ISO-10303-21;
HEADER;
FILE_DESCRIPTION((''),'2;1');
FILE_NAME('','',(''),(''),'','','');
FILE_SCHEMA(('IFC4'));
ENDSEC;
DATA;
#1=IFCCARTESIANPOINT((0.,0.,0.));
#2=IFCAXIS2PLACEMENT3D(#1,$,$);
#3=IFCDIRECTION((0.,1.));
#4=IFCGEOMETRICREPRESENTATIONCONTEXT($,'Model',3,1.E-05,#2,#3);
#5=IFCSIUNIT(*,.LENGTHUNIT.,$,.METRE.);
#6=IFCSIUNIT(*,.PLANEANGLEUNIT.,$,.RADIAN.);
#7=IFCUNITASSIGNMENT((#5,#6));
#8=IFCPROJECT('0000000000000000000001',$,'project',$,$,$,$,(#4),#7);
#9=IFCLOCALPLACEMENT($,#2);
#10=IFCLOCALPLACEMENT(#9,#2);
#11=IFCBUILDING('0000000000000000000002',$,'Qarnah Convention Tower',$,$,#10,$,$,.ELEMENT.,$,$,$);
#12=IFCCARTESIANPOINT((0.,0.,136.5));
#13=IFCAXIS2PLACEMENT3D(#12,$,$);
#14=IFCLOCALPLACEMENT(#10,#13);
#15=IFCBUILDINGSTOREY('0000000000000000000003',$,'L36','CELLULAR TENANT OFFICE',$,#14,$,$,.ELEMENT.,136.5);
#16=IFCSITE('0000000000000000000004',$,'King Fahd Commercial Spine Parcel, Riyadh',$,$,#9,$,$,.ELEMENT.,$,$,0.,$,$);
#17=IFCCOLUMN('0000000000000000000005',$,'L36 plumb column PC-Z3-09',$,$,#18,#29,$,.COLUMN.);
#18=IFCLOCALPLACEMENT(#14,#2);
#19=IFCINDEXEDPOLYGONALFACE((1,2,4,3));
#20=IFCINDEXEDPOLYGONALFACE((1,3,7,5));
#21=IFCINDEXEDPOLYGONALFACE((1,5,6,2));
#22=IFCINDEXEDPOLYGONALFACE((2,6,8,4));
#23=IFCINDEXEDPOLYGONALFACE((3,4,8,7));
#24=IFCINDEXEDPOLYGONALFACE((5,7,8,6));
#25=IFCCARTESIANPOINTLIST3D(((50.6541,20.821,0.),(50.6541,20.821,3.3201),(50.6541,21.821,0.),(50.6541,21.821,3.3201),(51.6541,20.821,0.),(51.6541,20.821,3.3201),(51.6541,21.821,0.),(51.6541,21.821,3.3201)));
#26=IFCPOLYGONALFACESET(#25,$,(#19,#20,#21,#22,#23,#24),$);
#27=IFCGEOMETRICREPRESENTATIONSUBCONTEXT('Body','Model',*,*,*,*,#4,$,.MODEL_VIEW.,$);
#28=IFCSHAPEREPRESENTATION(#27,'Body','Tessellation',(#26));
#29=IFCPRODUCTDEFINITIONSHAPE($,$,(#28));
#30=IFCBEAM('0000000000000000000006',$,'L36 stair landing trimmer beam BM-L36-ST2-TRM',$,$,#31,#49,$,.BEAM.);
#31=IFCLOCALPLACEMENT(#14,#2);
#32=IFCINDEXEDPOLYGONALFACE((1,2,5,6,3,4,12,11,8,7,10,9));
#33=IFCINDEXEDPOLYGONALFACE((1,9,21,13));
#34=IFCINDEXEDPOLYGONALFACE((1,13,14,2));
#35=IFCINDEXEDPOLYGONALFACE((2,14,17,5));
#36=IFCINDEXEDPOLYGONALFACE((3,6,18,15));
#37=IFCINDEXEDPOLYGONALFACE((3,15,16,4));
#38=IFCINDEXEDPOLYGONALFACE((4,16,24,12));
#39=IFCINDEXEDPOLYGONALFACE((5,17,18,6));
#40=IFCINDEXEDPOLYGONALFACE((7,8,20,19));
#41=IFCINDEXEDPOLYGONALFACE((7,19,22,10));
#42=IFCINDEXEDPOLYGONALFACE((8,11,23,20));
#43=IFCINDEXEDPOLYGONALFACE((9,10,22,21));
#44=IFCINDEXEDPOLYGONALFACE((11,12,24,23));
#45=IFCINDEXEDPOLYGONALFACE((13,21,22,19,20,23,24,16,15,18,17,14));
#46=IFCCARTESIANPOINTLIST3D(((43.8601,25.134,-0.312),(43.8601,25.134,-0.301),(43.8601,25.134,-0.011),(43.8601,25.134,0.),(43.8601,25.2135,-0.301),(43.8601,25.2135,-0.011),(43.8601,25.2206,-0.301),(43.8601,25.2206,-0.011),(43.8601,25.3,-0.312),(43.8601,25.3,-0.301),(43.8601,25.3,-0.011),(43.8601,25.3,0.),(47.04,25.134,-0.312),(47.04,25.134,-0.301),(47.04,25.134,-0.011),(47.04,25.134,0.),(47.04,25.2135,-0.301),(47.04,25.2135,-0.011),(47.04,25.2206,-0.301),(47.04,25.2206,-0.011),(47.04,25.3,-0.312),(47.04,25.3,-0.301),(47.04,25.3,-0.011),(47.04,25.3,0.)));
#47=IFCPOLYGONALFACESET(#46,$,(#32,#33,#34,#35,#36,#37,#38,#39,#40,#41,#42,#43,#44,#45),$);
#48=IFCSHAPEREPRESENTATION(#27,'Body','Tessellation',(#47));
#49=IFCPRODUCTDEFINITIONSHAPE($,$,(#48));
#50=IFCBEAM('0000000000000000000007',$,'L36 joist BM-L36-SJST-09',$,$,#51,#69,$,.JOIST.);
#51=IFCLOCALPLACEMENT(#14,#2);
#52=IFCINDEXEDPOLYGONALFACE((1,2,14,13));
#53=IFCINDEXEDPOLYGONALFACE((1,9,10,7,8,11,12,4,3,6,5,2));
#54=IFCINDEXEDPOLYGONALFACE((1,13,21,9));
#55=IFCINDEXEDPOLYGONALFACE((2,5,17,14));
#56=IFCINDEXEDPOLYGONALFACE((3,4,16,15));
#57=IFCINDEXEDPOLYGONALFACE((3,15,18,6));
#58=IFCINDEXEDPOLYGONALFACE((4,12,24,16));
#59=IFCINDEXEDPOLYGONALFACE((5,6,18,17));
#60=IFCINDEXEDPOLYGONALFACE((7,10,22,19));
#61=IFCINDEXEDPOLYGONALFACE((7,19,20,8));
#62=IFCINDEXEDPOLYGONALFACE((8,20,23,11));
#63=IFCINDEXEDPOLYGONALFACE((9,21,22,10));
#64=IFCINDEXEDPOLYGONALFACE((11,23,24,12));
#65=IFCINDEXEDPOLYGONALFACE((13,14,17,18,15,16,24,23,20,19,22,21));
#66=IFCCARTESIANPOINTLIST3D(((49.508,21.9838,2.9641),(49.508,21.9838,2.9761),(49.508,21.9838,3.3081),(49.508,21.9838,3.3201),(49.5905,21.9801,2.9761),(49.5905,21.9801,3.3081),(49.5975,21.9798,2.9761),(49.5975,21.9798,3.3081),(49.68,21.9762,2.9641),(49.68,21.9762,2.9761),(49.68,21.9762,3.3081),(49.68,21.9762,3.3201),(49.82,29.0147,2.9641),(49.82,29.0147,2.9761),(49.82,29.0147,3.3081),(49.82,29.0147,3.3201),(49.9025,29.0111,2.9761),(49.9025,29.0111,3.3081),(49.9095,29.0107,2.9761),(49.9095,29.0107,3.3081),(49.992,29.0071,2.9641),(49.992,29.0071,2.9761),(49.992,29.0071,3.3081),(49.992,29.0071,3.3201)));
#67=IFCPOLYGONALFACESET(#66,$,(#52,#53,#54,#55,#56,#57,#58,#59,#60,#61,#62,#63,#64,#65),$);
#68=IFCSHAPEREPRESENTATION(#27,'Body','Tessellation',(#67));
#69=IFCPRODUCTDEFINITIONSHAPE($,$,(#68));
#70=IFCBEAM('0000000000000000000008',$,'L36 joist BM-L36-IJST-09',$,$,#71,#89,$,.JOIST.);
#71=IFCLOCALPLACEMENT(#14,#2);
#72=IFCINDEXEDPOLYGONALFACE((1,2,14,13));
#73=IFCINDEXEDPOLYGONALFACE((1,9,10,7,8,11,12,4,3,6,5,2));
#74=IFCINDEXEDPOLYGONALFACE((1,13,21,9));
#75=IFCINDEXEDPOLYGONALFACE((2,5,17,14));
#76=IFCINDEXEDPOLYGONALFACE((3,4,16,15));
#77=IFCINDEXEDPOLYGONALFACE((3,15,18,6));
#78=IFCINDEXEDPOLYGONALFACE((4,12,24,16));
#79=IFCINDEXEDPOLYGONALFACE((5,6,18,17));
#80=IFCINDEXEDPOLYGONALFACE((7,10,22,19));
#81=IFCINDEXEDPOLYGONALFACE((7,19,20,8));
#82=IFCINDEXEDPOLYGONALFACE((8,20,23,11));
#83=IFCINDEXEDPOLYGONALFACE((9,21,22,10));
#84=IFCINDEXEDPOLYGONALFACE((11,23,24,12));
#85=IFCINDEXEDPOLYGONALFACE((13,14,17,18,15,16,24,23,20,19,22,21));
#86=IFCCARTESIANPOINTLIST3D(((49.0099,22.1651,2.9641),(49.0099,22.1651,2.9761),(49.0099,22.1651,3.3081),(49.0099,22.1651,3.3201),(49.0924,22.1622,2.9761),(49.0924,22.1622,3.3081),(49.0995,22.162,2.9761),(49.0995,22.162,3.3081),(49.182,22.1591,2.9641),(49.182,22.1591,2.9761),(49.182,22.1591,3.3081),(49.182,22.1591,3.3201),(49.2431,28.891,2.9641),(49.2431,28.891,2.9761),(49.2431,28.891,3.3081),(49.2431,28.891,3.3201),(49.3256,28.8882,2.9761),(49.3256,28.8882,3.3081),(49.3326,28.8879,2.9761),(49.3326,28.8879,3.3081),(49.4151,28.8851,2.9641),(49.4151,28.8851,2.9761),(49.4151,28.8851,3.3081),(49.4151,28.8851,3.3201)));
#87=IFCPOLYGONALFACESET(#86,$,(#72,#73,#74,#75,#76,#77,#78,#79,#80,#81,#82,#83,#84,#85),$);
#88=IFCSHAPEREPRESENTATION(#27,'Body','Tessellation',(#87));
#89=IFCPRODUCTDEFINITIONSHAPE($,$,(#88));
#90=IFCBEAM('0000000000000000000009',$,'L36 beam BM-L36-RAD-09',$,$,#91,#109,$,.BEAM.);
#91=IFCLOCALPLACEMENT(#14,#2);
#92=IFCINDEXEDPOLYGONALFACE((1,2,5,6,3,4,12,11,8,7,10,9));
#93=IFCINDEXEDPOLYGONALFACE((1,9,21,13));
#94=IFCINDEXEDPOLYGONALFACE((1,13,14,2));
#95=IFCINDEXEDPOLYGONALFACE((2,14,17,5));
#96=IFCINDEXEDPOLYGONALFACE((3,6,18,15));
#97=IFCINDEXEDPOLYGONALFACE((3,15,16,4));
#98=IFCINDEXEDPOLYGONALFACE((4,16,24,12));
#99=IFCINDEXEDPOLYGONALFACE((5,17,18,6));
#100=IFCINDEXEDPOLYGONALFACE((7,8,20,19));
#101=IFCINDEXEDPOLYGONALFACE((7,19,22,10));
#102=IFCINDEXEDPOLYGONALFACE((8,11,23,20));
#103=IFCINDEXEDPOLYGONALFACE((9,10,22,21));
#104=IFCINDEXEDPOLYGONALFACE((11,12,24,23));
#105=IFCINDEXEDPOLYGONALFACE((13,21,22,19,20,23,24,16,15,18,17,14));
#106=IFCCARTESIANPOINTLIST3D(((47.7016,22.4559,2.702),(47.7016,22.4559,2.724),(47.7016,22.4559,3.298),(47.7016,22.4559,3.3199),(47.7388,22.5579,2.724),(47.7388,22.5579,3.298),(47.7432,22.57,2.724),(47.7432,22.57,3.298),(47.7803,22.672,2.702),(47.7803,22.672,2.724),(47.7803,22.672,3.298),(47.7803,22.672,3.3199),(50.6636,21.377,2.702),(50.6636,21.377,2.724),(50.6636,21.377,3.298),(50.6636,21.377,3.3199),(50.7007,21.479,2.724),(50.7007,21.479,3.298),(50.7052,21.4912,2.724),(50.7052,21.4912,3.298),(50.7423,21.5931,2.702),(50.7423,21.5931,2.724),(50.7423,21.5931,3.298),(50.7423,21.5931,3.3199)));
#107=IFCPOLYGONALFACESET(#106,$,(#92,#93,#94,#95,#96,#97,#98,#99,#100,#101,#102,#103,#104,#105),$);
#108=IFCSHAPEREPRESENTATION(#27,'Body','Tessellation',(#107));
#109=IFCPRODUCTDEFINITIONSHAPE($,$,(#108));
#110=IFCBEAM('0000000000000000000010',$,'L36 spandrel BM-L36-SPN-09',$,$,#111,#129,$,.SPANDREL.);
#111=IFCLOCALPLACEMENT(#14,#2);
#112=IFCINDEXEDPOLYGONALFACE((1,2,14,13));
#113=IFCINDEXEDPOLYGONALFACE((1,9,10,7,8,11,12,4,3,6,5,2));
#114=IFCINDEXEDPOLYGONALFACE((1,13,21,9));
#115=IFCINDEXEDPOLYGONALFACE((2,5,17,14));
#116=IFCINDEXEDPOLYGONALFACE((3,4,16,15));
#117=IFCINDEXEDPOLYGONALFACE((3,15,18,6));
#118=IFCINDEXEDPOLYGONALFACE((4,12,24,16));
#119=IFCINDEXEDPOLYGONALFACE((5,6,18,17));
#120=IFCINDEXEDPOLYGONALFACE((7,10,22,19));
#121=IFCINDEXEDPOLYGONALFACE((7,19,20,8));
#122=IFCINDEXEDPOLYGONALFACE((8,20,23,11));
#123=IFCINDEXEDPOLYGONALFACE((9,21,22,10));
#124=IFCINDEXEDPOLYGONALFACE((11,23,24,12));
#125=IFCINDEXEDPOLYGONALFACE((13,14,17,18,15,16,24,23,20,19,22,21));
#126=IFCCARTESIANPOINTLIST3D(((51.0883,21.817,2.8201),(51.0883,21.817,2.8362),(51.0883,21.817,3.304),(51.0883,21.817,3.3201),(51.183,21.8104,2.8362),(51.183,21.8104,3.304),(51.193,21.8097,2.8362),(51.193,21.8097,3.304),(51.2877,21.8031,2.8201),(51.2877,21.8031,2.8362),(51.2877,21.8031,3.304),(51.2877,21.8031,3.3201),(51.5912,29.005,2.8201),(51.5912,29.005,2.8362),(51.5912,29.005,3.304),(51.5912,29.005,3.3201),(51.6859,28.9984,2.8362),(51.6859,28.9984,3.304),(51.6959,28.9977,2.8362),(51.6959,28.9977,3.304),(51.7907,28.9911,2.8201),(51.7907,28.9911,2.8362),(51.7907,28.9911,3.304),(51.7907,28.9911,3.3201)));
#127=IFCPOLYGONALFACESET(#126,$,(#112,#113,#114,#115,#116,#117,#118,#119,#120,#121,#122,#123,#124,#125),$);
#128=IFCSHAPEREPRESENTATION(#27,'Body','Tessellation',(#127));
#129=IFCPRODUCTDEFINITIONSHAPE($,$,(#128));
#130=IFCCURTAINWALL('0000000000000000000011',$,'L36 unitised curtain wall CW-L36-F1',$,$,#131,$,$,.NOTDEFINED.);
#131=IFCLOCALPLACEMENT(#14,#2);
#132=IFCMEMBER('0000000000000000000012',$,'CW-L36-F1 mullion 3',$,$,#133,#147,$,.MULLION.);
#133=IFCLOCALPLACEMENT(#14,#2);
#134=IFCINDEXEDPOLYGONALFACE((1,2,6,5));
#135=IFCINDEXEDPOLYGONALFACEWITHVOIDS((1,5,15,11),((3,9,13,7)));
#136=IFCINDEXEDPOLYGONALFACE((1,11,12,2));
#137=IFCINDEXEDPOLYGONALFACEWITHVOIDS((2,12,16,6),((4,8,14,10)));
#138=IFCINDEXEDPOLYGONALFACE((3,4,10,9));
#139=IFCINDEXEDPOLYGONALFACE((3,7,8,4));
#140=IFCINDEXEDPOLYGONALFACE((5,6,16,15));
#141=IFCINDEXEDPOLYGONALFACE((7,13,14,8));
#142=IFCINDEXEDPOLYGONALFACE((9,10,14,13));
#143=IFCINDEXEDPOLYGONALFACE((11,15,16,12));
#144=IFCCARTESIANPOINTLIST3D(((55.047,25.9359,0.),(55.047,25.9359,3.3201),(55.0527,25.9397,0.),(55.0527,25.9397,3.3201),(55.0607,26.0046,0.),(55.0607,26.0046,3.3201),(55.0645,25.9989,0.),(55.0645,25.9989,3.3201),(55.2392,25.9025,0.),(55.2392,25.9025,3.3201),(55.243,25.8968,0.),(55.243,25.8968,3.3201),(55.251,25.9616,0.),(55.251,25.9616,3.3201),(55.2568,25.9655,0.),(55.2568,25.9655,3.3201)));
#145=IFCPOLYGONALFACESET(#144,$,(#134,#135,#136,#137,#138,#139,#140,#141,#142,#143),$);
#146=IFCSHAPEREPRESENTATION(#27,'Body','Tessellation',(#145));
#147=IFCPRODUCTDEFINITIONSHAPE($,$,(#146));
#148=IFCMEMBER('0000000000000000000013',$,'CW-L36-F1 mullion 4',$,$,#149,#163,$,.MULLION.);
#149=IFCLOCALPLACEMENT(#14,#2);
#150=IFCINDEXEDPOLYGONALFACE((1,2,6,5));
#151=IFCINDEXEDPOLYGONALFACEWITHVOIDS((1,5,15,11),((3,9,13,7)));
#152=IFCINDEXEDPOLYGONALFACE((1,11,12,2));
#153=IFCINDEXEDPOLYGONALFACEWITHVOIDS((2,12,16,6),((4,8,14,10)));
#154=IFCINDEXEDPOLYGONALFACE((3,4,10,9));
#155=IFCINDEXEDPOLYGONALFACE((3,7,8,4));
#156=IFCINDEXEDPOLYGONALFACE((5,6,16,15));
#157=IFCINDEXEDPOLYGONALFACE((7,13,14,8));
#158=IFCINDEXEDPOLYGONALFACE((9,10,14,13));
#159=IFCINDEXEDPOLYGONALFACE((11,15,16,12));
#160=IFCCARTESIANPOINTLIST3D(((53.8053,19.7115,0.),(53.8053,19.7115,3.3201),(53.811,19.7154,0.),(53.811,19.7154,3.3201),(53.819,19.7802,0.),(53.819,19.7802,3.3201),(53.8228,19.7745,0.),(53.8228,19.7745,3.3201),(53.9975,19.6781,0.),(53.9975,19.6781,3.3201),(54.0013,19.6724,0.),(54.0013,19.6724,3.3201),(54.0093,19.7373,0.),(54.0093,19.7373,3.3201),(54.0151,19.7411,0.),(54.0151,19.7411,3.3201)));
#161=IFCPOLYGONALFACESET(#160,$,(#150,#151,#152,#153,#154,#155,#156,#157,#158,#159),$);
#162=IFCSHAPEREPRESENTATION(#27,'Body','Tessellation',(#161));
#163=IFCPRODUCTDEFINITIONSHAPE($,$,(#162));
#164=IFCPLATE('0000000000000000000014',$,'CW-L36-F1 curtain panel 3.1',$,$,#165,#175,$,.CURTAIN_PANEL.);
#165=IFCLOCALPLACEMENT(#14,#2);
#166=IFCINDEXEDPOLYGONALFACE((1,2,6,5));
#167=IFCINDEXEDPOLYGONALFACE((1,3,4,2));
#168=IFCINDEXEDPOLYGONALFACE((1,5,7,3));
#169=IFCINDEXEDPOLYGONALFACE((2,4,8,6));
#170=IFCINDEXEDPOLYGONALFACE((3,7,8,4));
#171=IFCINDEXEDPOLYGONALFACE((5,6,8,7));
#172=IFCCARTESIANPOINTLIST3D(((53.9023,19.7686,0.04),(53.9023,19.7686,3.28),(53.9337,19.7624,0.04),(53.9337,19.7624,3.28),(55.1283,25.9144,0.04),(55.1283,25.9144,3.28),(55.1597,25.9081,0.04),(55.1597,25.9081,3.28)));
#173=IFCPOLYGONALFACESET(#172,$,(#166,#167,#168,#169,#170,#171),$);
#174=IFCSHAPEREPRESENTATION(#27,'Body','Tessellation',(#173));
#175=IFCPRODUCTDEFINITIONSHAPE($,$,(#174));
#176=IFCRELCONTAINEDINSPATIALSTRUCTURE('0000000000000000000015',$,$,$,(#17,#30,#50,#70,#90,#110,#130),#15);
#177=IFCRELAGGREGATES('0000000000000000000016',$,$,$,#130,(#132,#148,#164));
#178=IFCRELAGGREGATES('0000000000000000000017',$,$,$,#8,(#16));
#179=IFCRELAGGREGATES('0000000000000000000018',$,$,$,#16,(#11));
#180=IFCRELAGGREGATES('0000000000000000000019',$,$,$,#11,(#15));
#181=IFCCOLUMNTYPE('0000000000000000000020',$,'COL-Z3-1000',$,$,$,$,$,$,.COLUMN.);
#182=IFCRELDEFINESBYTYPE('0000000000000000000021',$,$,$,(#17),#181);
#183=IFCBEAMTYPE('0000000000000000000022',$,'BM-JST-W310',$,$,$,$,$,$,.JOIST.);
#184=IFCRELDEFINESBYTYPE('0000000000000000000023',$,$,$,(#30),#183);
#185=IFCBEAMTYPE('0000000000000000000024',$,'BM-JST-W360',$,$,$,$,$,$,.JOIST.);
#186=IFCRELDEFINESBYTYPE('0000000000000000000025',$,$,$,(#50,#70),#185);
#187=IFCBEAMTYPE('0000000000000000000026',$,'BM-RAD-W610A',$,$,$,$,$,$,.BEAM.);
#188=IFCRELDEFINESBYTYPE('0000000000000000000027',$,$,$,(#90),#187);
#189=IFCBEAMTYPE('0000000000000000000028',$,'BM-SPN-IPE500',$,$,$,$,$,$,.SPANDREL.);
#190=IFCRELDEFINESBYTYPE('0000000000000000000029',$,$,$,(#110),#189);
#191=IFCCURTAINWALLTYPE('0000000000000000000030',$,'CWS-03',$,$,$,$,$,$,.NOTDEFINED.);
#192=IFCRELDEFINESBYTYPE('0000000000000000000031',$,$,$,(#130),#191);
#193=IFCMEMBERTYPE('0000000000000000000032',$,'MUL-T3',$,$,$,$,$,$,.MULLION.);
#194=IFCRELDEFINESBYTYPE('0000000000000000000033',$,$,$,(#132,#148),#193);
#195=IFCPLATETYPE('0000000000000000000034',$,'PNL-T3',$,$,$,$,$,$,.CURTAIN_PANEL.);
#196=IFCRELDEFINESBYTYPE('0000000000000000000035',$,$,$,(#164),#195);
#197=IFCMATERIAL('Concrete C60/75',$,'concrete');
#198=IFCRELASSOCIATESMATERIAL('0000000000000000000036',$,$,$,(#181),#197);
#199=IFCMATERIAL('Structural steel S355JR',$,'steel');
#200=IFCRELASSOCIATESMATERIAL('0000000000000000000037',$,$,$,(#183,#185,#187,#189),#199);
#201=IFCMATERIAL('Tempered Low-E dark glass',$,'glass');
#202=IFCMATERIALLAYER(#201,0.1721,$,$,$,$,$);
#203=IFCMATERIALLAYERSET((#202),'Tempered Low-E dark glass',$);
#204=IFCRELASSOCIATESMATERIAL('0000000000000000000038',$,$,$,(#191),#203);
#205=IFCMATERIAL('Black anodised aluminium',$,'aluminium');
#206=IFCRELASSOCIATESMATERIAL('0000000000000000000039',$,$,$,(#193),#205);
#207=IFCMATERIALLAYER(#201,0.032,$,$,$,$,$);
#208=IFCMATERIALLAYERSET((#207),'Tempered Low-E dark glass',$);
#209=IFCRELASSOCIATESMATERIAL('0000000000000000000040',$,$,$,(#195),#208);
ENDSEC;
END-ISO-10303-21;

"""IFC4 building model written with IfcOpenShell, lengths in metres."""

from ifc_helpers import new_model, si_unit, direction, frame, origin, origin_2d, place, context, subcontext, project, spatial, rectangle, hollow_rectangle, i_section, extrude, material, layer, layer_set, material_profile, profile_set, type_object, element, aggregate, save


model = new_model("IFC4")

# Units and contexts
model_context = context("Model", 3, precision=1e-05, world=origin(), true_north=direction((0.0, 1.0)))
body_context = subcontext(model_context, "Body", "Model", "MODEL_VIEW")
ifc_project = project(units=[si_unit("LENGTHUNIT", "METRE"), si_unit("PLANEANGLEUNIT", "RADIAN")], contexts=[model_context])

# Site, building, storey
site_placement = place(None, origin())
site = spatial("IfcSite", under=ifc_project, at=site_placement, Name="King Fahd Commercial Spine Parcel, Riyadh", CompositionType="ELEMENT", RefElevation=0.0)
building_placement = place(site_placement, origin())
building = spatial("IfcBuilding", under=site, at=building_placement, Name="Qarnah Convention Tower", CompositionType="ELEMENT")
storey_placement = place(building_placement, frame((0.0, 0.0, 136.5)))
storey = spatial("IfcBuildingStorey", under=building, at=storey_placement, Name="L36", Description="CELLULAR TENANT OFFICE", CompositionType="ELEMENT", Elevation=136.5)

# Column
ifc_material_1 = material(Name="Concrete C60/75", Category="concrete")
ifc_material_profile_1 = material_profile(ifc_material_1, rectangle(XDim=1.0, YDim=1.0, at=origin_2d()), Name="RC-COL-1000X1000")
ifc_profile_set_1 = profile_set([ifc_material_profile_1], Name="Concrete C60/75")
column_type = type_object("IfcColumnType", Name="COL-Z3-1000", PredefinedType="COLUMN", material=ifc_profile_set_1)
column_placement = place(storey_placement, frame((51.1541, 21.321, 0.0), z_axis=(0.0, 0.0, 1.0), x_axis=(1.0, 0.0, 0.0)))
element("IfcColumn", 1, at=column_placement, inside=storey, type_object=column_type, Name="L36 plumb column PC-Z3-09", PredefinedType="COLUMN", context=body_context, shape_type="SweptSolid", body=[
    extrude(rectangle(XDim=1.0, YDim=1.0, at=origin_2d()), origin(), (0.0, 0.0, 1.0), 3.3201),
])

# Beams
ifc_material_2 = material(Name="Structural steel S355JR", Category="steel")
ifc_material_profile_2 = material_profile(ifc_material_2, i_section(OverallWidth=0.166, OverallDepth=0.312, WebThickness=0.0071, FlangeThickness=0.011, at=origin_2d()), Name="W310X45")
ifc_profile_set_2 = profile_set([ifc_material_profile_2], Name="Structural steel S355JR")
beam_type_1 = type_object("IfcBeamType", Name="BM-JST-W310", PredefinedType="JOIST", material=ifc_profile_set_2)
beam_1_placement = place(storey_placement, frame((43.8601, 25.217, -0.156), z_axis=(1.0, 0.0, 0.0), x_axis=(0.0, 1.0, 0.0)))
element("IfcBeam", 2, at=beam_1_placement, inside=storey, type_object=beam_type_1, Name="L36 stair landing trimmer beam BM-L36-ST2-TRM", PredefinedType="BEAM", context=body_context, shape_type="SweptSolid", body=[
    extrude(i_section(OverallWidth=0.166, OverallDepth=0.312, WebThickness=0.0071, FlangeThickness=0.011, at=origin_2d()), origin(), (0.0, 0.0, 1.0), 3.1799),
])
ifc_material_profile_3 = material_profile(ifc_material_2, i_section(OverallWidth=0.1721, OverallDepth=0.356, WebThickness=0.0071, FlangeThickness=0.012, at=origin_2d()), Name="W360X51")
ifc_profile_set_3 = profile_set([ifc_material_profile_3], Name="Structural steel S355JR")
beam_type_2 = type_object("IfcBeamType", Name="BM-JST-W360", PredefinedType="JOIST", material=ifc_profile_set_3)
beam_2_placement = place(storey_placement, frame((49.594, 21.98, 3.1421), z_axis=(0.044333, 0.999017, 0.0), x_axis=(-0.999017, 0.044333, 0.0)))
element("IfcBeam", 3, at=beam_2_placement, inside=storey, type_object=beam_type_2, Name="L36 joist BM-L36-SJST-09", PredefinedType="JOIST", context=body_context, shape_type="SweptSolid", body=[
    extrude(i_section(OverallWidth=0.1721, OverallDepth=0.356, WebThickness=0.0071, FlangeThickness=0.012, at=origin_2d()), origin(), (0.0, 0.0, 1.0), 7.0378),
])
beam_3_placement = place(storey_placement, frame((49.0959, 22.1621, 3.1421), z_axis=(0.034645, 0.9994, 0.0), x_axis=(-0.9994, 0.034645, 0.0)))
element("IfcBeam", 4, at=beam_3_placement, inside=storey, type_object=beam_type_2, Name="L36 joist BM-L36-IJST-09", PredefinedType="JOIST", context=body_context, shape_type="SweptSolid", body=[
    extrude(i_section(OverallWidth=0.1721, OverallDepth=0.356, WebThickness=0.0071, FlangeThickness=0.012, at=origin_2d()), origin(), (0.0, 0.0, 1.0), 6.73),
])
ifc_material_profile_4 = material_profile(ifc_material_2, i_section(OverallWidth=0.23, OverallDepth=0.6179, WebThickness=0.0129, FlangeThickness=0.022, at=origin_2d()), Name="W610X140")
ifc_profile_set_4 = profile_set([ifc_material_profile_4], Name="Structural steel S355JR")
beam_type_3 = type_object("IfcBeamType", Name="BM-RAD-W610A", PredefinedType="BEAM", material=ifc_profile_set_4)
beam_4_placement = place(storey_placement, frame((47.741, 22.564, 3.011), z_axis=(0.93961, -0.342247, 0.0), x_axis=(0.342247, 0.93961, 0.0)))
element("IfcBeam", 5, at=beam_4_placement, inside=storey, type_object=beam_type_3, Name="L36 beam BM-L36-RAD-09", PredefinedType="BEAM", context=body_context, shape_type="SweptSolid", body=[
    extrude(i_section(OverallWidth=0.23, OverallDepth=0.6179, WebThickness=0.0129, FlangeThickness=0.022, at=origin_2d()), origin(), (0.0, 0.0, 1.0), 3.1523),
])
ifc_material_profile_5 = material_profile(ifc_material_2, i_section(OverallWidth=0.2, OverallDepth=0.5, WebThickness=0.01, FlangeThickness=0.0161, at=origin_2d()), Name="IPE500")
ifc_profile_set_5 = profile_set([ifc_material_profile_5], Name="Structural steel S355JR")
beam_type_4 = type_object("IfcBeamType", Name="BM-SPN-IPE500", PredefinedType="SPANDREL", material=ifc_profile_set_5)
beam_5_placement = place(storey_placement, frame((51.188, 21.8101, 3.0701), z_axis=(0.069797, 0.997561, 0.0), x_axis=(-0.997561, 0.069797, 0.0)))
element("IfcBeam", 6, at=beam_5_placement, inside=storey, type_object=beam_type_4, Name="L36 spandrel BM-L36-SPN-09", PredefinedType="SPANDREL", context=body_context, shape_type="SweptSolid", body=[
    extrude(i_section(OverallWidth=0.2, OverallDepth=0.5, WebThickness=0.01, FlangeThickness=0.0161, at=origin_2d()), origin(), (0.0, 0.0, 1.0), 7.2056),
])

# Curtain wall, members, plate
ifc_material_3 = material(Name="Tempered Low-E dark glass", Category="glass")
ifc_layer_1 = layer(ifc_material_3, 0.1721)
ifc_layer_set_1 = layer_set([ifc_layer_1], Name="Tempered Low-E dark glass")
curtain_wall_type = type_object("IfcCurtainWallType", Name="CWS-03", PredefinedType="NOTDEFINED", material=ifc_layer_set_1)
curtain_wall_placement = place(storey_placement, origin())
curtain_wall = element("IfcCurtainWall", 7, at=curtain_wall_placement, inside=storey, type_object=curtain_wall_type, Name="L36 unitised curtain wall CW-L36-F1", PredefinedType="NOTDEFINED")
ifc_material_4 = material(Name="Black anodised aluminium", Category="aluminium")
ifc_material_profile_6 = material_profile(ifc_material_4, hollow_rectangle(XDim=0.0701, YDim=0.2, WallThickness=0.0049, at=origin_2d()), Name="MUL-70X200")
ifc_profile_set_6 = profile_set([ifc_material_profile_6], Name="Black anodised aluminium")
member_type = type_object("IfcMemberType", Name="MUL-T3", PredefinedType="MULLION", material=ifc_profile_set_6)
member_1_placement = place(storey_placement, frame((55.1519, 25.9507, 0.0), z_axis=(0.0, 0.0, 1.0), x_axis=(-0.195625, -0.980679, 0.0)))
member_1 = element("IfcMember", 8, at=member_1_placement, type_object=member_type, Name="CW-L36-F1 mullion 3", PredefinedType="MULLION", context=body_context, shape_type="SweptSolid", body=[
    extrude(hollow_rectangle(XDim=0.0701, YDim=0.2, WallThickness=0.0049, at=origin_2d()), origin(), (0.0, 0.0, 1.0), 3.3201),
])
member_2_placement = place(storey_placement, frame((53.9102, 19.7263, 0.0), z_axis=(0.0, 0.0, 1.0), x_axis=(-0.195625, -0.980679, 0.0)))
member_2 = element("IfcMember", 9, at=member_2_placement, type_object=member_type, Name="CW-L36-F1 mullion 4", PredefinedType="MULLION", context=body_context, shape_type="SweptSolid", body=[
    extrude(hollow_rectangle(XDim=0.0701, YDim=0.2, WallThickness=0.0049, at=origin_2d()), origin(), (0.0, 0.0, 1.0), 3.3201),
])
ifc_layer_2 = layer(ifc_material_3, 0.032)
ifc_layer_set_2 = layer_set([ifc_layer_2], Name="Tempered Low-E dark glass")
plate_type = type_object("IfcPlateType", Name="PNL-T3", PredefinedType="CURTAIN_PANEL", material=ifc_layer_set_2)
plate_placement = place(storey_placement, frame((54.531, 22.8384, 0.04), z_axis=(0.0, 0.0, 1.0), x_axis=(-0.195625, -0.980679, 0.0)))
plate = element("IfcPlate", 10, at=plate_placement, type_object=plate_type, Name="CW-L36-F1 curtain panel 3.1", PredefinedType="CURTAIN_PANEL", context=body_context, shape_type="SweptSolid", body=[
    extrude(rectangle(XDim=6.2668, YDim=0.032, at=origin_2d()), origin(), (0.0, 0.0, 1.0), 3.24),
])
aggregate(curtain_wall, [member_1, member_2, plate])

save(model, "model.ifc")
